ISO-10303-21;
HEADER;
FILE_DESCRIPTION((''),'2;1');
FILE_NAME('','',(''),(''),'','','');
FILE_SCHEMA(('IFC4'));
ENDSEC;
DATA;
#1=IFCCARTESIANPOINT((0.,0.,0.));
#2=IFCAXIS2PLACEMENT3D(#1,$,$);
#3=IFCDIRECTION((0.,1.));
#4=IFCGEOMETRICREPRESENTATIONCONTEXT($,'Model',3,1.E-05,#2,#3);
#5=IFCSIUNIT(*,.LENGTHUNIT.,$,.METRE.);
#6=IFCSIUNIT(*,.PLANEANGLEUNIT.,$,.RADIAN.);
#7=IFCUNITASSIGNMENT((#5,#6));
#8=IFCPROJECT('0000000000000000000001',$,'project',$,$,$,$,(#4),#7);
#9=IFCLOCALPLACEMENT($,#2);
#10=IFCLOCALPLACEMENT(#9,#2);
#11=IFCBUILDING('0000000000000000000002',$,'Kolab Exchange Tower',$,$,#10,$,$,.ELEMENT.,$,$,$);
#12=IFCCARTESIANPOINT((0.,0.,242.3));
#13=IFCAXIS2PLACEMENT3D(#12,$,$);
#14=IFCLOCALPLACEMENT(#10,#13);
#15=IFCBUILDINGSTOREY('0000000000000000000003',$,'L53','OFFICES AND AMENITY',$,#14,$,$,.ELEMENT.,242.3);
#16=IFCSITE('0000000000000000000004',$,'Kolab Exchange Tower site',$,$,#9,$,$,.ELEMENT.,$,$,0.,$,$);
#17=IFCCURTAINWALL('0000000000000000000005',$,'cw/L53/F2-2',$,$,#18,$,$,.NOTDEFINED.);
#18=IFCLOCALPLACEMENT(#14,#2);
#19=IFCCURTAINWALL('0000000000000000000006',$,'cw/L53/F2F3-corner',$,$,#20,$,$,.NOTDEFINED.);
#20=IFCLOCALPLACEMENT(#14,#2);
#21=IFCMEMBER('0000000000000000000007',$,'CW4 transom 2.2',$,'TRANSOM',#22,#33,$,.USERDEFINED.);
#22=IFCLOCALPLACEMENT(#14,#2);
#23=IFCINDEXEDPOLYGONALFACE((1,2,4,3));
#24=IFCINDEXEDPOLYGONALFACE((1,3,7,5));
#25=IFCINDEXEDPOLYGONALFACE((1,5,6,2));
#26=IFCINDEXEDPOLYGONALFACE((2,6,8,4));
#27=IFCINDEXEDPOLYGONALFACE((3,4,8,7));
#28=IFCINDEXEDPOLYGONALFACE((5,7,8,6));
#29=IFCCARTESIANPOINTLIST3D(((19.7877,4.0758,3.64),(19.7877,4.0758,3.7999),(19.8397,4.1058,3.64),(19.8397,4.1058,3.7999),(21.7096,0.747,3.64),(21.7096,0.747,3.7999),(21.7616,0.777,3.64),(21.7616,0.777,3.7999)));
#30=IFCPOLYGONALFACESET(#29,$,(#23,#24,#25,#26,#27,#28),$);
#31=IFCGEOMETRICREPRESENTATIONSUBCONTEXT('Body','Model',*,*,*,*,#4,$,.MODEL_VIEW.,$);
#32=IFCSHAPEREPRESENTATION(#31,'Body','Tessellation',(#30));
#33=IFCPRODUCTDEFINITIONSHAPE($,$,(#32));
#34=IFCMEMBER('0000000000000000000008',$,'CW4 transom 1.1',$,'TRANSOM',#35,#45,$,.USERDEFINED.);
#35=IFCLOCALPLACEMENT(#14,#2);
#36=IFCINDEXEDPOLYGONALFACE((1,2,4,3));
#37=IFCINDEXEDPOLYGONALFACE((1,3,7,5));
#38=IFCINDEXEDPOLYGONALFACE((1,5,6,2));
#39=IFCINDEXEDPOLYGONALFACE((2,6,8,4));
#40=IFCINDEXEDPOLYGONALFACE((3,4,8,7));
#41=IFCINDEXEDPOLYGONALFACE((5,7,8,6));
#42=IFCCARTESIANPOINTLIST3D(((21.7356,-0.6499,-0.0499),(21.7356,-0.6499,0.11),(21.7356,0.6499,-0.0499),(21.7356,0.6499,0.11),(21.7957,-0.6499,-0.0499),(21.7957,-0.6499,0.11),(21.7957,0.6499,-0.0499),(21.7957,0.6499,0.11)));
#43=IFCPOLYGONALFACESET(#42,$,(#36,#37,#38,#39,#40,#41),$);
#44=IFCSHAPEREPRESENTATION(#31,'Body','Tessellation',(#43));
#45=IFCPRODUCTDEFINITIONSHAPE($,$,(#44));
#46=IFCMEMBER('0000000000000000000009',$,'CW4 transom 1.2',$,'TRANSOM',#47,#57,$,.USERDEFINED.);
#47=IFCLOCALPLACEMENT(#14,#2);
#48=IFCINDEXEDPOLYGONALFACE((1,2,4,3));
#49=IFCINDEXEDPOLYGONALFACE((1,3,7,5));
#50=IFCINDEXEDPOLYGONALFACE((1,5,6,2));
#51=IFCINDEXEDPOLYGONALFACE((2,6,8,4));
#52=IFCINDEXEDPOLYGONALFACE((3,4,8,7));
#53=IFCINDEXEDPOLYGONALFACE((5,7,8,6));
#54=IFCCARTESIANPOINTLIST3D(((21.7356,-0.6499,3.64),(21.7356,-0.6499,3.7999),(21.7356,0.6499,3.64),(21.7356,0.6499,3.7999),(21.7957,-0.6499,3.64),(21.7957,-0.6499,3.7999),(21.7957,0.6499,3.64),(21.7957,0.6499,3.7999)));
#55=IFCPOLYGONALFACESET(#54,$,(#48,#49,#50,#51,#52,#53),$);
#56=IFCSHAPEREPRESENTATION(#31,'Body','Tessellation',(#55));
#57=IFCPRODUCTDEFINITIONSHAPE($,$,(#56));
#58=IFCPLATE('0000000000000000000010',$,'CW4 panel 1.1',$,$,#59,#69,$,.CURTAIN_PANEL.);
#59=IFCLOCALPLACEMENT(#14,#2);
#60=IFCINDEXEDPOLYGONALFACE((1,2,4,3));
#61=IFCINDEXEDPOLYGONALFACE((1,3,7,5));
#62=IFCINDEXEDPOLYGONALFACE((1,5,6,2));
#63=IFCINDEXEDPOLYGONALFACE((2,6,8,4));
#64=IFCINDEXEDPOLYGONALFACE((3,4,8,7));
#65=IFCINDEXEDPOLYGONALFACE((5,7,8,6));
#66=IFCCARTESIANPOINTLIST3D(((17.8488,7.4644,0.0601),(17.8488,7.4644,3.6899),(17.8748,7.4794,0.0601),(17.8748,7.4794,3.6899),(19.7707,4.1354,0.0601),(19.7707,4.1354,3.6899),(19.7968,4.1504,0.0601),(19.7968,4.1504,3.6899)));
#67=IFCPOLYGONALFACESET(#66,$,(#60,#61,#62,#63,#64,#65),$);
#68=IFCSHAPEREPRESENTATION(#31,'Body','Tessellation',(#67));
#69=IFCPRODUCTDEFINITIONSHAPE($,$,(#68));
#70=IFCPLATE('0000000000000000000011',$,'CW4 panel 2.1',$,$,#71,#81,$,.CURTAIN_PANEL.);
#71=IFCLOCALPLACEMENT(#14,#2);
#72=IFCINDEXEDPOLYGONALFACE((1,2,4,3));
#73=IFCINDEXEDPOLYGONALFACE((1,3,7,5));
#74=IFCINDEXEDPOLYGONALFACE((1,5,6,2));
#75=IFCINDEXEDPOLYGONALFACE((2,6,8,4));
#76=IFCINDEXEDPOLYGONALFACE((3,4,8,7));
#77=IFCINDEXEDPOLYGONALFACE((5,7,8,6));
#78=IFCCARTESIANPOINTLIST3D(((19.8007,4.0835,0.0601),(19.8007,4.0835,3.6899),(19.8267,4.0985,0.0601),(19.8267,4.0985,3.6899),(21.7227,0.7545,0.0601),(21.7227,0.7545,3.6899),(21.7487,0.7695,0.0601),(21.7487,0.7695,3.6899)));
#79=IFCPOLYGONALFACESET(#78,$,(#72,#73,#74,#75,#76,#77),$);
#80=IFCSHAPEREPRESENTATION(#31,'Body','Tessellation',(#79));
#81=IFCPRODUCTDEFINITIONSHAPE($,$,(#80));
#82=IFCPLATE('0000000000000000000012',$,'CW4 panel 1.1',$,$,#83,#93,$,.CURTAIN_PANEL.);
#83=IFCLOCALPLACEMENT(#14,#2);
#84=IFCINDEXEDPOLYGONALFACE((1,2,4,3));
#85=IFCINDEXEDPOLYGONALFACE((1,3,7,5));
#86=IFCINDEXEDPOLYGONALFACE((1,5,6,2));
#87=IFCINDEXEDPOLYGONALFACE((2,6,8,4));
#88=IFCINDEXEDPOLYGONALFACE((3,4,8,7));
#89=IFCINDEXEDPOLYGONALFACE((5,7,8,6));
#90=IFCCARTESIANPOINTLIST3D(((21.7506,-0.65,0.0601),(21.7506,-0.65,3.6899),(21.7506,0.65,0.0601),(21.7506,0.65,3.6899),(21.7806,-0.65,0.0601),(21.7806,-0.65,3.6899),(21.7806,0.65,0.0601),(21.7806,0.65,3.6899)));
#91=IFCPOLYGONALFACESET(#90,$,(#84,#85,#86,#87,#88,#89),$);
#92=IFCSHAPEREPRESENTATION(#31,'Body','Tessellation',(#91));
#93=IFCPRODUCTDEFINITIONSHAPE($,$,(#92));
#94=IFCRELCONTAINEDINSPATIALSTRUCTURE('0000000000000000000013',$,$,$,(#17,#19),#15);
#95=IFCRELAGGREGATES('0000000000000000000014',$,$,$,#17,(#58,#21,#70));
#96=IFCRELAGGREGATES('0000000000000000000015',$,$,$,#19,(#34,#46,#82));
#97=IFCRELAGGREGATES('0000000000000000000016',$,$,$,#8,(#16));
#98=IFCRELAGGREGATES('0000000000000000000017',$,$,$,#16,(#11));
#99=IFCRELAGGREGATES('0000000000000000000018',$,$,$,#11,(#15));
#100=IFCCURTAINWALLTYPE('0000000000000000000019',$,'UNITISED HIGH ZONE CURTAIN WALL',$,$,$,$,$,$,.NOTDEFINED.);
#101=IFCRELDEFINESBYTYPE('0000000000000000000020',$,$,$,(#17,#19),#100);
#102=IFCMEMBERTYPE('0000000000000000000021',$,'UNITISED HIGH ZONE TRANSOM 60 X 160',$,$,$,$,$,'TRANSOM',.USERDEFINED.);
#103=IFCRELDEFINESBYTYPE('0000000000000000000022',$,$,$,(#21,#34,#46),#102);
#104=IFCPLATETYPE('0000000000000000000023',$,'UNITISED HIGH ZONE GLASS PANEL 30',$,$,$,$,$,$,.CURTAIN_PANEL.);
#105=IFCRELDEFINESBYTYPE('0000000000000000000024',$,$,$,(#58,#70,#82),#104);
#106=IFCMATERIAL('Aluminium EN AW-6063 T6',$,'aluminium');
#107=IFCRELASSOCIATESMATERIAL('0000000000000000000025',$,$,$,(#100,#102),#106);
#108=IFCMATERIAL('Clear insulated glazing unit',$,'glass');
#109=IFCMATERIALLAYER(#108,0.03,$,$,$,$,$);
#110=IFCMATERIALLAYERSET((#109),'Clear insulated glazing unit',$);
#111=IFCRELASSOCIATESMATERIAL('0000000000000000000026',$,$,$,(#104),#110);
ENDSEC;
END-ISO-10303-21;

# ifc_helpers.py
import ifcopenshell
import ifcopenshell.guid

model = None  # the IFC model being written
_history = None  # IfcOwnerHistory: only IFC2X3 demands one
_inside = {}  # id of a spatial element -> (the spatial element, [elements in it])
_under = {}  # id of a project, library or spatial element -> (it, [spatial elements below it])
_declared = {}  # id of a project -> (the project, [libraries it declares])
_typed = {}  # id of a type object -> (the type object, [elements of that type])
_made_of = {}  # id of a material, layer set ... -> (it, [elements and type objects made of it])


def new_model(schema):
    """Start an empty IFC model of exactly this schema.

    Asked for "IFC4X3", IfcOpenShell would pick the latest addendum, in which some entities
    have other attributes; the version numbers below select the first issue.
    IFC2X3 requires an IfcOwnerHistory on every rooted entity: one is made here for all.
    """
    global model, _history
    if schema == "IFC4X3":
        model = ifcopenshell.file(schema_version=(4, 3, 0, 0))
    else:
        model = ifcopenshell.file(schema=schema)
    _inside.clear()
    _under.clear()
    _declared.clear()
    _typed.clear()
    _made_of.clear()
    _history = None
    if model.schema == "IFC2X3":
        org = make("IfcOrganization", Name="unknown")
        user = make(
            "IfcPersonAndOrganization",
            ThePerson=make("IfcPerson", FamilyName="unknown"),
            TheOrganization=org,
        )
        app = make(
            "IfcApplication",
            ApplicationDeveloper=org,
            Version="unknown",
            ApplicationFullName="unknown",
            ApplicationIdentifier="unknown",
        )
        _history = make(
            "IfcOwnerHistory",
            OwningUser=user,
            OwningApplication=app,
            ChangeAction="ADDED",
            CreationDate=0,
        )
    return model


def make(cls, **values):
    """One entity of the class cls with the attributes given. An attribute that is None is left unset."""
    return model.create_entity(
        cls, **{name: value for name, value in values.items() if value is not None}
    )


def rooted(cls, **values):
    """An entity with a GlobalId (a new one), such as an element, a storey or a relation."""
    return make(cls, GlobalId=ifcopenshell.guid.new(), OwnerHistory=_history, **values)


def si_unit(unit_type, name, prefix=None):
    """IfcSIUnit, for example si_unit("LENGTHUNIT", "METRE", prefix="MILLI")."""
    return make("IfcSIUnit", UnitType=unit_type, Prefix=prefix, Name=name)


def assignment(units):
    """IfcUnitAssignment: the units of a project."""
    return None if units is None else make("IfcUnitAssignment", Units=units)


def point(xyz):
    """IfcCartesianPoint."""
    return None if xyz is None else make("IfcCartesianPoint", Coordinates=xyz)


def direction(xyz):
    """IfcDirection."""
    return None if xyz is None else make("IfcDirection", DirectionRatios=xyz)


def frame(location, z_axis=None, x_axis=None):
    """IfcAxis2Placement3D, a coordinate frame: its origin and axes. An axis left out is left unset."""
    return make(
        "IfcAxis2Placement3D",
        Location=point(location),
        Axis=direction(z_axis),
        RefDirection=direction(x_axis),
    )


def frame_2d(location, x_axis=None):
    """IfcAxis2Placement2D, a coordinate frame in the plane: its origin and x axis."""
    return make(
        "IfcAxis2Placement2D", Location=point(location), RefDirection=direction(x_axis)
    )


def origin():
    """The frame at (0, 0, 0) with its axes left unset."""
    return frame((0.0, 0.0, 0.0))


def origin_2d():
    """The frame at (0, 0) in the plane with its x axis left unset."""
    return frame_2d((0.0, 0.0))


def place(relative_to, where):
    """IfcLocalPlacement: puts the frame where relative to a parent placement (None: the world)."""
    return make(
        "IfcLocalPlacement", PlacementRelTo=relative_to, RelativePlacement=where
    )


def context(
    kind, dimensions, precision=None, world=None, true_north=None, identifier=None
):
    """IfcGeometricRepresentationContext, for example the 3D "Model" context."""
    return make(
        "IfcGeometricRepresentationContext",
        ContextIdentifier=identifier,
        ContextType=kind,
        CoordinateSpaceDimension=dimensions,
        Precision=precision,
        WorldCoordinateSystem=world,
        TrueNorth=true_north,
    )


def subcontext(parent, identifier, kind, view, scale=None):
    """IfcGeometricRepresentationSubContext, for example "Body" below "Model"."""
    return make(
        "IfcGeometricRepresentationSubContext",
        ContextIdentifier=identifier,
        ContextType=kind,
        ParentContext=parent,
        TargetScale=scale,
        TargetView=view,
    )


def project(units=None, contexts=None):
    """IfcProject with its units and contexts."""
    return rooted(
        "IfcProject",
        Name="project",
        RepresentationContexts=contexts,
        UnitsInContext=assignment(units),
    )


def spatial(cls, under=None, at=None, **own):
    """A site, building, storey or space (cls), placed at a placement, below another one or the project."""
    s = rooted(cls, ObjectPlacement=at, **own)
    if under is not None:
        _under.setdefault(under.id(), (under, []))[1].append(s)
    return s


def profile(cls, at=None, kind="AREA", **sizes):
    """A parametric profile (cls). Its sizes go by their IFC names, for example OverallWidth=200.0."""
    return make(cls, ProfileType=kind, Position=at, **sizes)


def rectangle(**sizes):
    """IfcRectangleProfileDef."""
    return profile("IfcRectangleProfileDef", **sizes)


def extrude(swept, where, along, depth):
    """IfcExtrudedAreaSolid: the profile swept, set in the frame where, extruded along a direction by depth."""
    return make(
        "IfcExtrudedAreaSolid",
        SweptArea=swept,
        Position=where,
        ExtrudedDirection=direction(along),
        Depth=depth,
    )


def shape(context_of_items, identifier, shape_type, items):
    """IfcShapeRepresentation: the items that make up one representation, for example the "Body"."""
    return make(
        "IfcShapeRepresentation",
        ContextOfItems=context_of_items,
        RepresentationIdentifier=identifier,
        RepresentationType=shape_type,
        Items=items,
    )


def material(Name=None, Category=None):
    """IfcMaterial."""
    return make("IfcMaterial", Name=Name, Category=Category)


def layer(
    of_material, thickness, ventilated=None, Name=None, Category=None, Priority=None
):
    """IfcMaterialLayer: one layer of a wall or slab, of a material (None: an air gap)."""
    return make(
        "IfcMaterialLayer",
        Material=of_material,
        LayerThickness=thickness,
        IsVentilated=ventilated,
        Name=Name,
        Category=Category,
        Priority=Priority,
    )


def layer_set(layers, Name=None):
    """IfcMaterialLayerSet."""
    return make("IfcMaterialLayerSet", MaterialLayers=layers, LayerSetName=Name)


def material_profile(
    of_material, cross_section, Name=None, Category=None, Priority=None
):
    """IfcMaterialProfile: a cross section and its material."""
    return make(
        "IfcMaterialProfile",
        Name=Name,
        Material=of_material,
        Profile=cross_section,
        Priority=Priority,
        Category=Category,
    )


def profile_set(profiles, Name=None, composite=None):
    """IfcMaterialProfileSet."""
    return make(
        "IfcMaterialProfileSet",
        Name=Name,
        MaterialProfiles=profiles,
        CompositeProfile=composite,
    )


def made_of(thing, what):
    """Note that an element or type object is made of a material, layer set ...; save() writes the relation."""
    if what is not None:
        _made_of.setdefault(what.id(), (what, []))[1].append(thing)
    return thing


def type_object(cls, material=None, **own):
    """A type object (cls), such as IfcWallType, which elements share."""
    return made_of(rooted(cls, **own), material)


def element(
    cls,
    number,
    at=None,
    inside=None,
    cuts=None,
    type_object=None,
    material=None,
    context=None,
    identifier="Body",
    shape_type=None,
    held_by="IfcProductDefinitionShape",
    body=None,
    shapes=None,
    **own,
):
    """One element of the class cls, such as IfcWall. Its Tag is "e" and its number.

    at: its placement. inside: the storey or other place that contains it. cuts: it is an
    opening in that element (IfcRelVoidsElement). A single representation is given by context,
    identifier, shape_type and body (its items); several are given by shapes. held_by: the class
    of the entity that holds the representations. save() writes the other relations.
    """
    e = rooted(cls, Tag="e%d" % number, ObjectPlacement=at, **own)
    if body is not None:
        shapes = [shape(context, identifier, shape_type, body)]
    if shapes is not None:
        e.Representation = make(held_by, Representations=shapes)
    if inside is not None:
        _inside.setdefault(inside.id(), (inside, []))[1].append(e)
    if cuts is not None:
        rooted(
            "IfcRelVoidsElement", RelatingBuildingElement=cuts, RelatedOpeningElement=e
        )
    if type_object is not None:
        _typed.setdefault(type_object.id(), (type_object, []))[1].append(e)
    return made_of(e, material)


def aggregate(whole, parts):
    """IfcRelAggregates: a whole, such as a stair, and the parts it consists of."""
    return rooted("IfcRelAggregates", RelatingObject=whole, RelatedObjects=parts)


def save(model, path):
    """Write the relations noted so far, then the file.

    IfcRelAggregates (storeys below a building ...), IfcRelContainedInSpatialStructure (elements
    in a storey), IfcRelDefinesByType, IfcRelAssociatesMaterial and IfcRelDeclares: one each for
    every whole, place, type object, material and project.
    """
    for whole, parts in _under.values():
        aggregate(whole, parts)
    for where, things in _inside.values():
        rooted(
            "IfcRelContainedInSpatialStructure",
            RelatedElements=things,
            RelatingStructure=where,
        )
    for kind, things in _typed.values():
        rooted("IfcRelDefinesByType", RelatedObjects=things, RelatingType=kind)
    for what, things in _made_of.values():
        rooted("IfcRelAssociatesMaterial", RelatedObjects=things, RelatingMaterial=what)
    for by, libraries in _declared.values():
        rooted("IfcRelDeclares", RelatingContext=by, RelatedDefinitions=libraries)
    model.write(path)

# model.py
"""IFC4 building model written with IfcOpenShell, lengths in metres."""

from ifc_helpers import new_model, si_unit, direction, frame, origin, origin_2d, place, context, subcontext, project, spatial, rectangle, extrude, material, layer, layer_set, material_profile, profile_set, type_object, element, aggregate, save


model = new_model("IFC4")

# Units and contexts
model_context = context("Model", 3, precision=1e-05, world=origin(), true_north=direction((0.0, 1.0)))
body_context = subcontext(model_context, "Body", "Model", "MODEL_VIEW")
ifc_project = project(units=[si_unit("LENGTHUNIT", "METRE"), si_unit("PLANEANGLEUNIT", "RADIAN")], contexts=[model_context])

# Site, building, storey
site_placement = place(None, origin())
site = spatial("IfcSite", under=ifc_project, at=site_placement, Name="Kolab Exchange Tower site", CompositionType="ELEMENT", RefElevation=0.0)
building_placement = place(site_placement, origin())
building = spatial("IfcBuilding", under=site, at=building_placement, Name="Kolab Exchange Tower", CompositionType="ELEMENT")
storey_placement = place(building_placement, frame((0.0, 0.0, 242.3)))
storey = spatial("IfcBuildingStorey", under=building, at=storey_placement, Name="L53", Description="OFFICES AND AMENITY", CompositionType="ELEMENT", Elevation=242.3)

# Shared definitions
ifc_material_1 = material(Name="Aluminium EN AW-6063 T6", Category="aluminium")
curtain_wall_type = type_object("IfcCurtainWallType", Name="UNITISED HIGH ZONE CURTAIN WALL", PredefinedType="NOTDEFINED", material=ifc_material_1)

# Curtain wall
curtain_wall_1_placement = place(storey_placement, origin())
curtain_wall_1 = element("IfcCurtainWall", 1, at=curtain_wall_1_placement, inside=storey, type_object=curtain_wall_type, Name="cw/L53/F2-2", PredefinedType="NOTDEFINED")

# Curtain wall
curtain_wall_2_placement = place(storey_placement, origin())
curtain_wall_2 = element("IfcCurtainWall", 2, at=curtain_wall_2_placement, inside=storey, type_object=curtain_wall_type, Name="cw/L53/F2F3-corner", PredefinedType="NOTDEFINED")

# Members
ifc_material_profile_1 = material_profile(ifc_material_1, rectangle(XDim=0.0601, YDim=0.1599, at=origin_2d()), Name="RECT 60X160")
ifc_profile_set_1 = profile_set([ifc_material_profile_1], Name="Aluminium EN AW-6063 T6")
member_type_1 = type_object("IfcMemberType", Name="UNITISED HIGH ZONE TRANSOM 60 X 160", ElementType="TRANSOM", PredefinedType="USERDEFINED", material=ifc_profile_set_1)
member_1_placement = place(storey_placement, frame((19.8137, 4.0908, 3.72), z_axis=(0.499992, -0.86603, 0.0), x_axis=(0.86603, 0.499992, 0.0)))
member_1 = element("IfcMember", 3, at=member_1_placement, type_object=member_type_1, Name="CW4 transom 2.2", ObjectType="TRANSOM", PredefinedType="USERDEFINED", context=body_context, shape_type="SweptSolid", body=[
    extrude(rectangle(XDim=0.0601, YDim=0.1599, at=origin_2d()), origin(), (0.0, 0.0, 1.0), 3.8438),
])
member_2_placement = place(storey_placement, frame((21.7656, 0.6499, 0.03), z_axis=(0.0, -1.0, 0.0), x_axis=(1.0, 0.0, 0.0)))
member_2 = element("IfcMember", 4, at=member_2_placement, type_object=member_type_1, Name="CW4 transom 1.1", ObjectType="TRANSOM", PredefinedType="USERDEFINED", context=body_context, shape_type="SweptSolid", body=[
    extrude(rectangle(XDim=0.0601, YDim=0.1599, at=origin_2d()), origin(), (0.0, 0.0, 1.0), 1.2998),
])
member_3_placement = place(storey_placement, frame((21.7656, 0.6499, 3.72), z_axis=(0.0, -1.0, 0.0), x_axis=(1.0, 0.0, 0.0)))
member_3 = element("IfcMember", 5, at=member_3_placement, type_object=member_type_1, Name="CW4 transom 1.2", ObjectType="TRANSOM", PredefinedType="USERDEFINED", context=body_context, shape_type="SweptSolid", body=[
    extrude(rectangle(XDim=0.0601, YDim=0.1599, at=origin_2d()), origin(), (0.0, 0.0, 1.0), 1.2998),
])

# Plates
ifc_material_2 = material(Name="Clear insulated glazing unit", Category="glass")
ifc_layer_1 = layer(ifc_material_2, 0.03)
ifc_layer_set_1 = layer_set([ifc_layer_1], Name="Clear insulated glazing unit")
plate_type = type_object("IfcPlateType", Name="UNITISED HIGH ZONE GLASS PANEL 30", PredefinedType="CURTAIN_PANEL", material=ifc_layer_set_1)
plate_1_placement = place(storey_placement, frame((18.8228, 5.8074, 0.0601), z_axis=(0.0, 0.0, 1.0), x_axis=(0.5, -0.866025, 0.0)))
plate_1 = element("IfcPlate", 6, at=plate_1_placement, type_object=plate_type, Name="CW4 panel 1.1", PredefinedType="CURTAIN_PANEL", context=body_context, shape_type="SweptSolid", body=[
    extrude(rectangle(XDim=3.844, YDim=0.03, at=origin_2d()), origin(), (0.0, 0.0, 1.0), 3.6299),
])
plate_2_placement = place(storey_placement, frame((20.7747, 2.4265, 0.0601), z_axis=(0.0, 0.0, 1.0), x_axis=(0.5, -0.866025, 0.0)))
plate_2 = element("IfcPlate", 7, at=plate_2_placement, type_object=plate_type, Name="CW4 panel 2.1", PredefinedType="CURTAIN_PANEL", context=body_context, shape_type="SweptSolid", body=[
    extrude(rectangle(XDim=3.844, YDim=0.03, at=origin_2d()), origin(), (0.0, 0.0, 1.0), 3.6299),
])
aggregate(curtain_wall_1, [plate_1, member_1, plate_2])
plate_3_placement = place(storey_placement, frame((21.7656, 0.0, 0.0601), z_axis=(0.0, 0.0, 1.0), x_axis=(0.0, -1.0, 0.0)))
plate_3 = element("IfcPlate", 8, at=plate_3_placement, type_object=plate_type, Name="CW4 panel 1.1", PredefinedType="CURTAIN_PANEL", context=body_context, shape_type="SweptSolid", body=[
    extrude(rectangle(XDim=1.3, YDim=0.03, at=origin_2d()), origin(), (0.0, 0.0, 1.0), 3.6299),
])
aggregate(curtain_wall_2, [member_2, member_3, plate_3])

save(model, "model.ifc")
